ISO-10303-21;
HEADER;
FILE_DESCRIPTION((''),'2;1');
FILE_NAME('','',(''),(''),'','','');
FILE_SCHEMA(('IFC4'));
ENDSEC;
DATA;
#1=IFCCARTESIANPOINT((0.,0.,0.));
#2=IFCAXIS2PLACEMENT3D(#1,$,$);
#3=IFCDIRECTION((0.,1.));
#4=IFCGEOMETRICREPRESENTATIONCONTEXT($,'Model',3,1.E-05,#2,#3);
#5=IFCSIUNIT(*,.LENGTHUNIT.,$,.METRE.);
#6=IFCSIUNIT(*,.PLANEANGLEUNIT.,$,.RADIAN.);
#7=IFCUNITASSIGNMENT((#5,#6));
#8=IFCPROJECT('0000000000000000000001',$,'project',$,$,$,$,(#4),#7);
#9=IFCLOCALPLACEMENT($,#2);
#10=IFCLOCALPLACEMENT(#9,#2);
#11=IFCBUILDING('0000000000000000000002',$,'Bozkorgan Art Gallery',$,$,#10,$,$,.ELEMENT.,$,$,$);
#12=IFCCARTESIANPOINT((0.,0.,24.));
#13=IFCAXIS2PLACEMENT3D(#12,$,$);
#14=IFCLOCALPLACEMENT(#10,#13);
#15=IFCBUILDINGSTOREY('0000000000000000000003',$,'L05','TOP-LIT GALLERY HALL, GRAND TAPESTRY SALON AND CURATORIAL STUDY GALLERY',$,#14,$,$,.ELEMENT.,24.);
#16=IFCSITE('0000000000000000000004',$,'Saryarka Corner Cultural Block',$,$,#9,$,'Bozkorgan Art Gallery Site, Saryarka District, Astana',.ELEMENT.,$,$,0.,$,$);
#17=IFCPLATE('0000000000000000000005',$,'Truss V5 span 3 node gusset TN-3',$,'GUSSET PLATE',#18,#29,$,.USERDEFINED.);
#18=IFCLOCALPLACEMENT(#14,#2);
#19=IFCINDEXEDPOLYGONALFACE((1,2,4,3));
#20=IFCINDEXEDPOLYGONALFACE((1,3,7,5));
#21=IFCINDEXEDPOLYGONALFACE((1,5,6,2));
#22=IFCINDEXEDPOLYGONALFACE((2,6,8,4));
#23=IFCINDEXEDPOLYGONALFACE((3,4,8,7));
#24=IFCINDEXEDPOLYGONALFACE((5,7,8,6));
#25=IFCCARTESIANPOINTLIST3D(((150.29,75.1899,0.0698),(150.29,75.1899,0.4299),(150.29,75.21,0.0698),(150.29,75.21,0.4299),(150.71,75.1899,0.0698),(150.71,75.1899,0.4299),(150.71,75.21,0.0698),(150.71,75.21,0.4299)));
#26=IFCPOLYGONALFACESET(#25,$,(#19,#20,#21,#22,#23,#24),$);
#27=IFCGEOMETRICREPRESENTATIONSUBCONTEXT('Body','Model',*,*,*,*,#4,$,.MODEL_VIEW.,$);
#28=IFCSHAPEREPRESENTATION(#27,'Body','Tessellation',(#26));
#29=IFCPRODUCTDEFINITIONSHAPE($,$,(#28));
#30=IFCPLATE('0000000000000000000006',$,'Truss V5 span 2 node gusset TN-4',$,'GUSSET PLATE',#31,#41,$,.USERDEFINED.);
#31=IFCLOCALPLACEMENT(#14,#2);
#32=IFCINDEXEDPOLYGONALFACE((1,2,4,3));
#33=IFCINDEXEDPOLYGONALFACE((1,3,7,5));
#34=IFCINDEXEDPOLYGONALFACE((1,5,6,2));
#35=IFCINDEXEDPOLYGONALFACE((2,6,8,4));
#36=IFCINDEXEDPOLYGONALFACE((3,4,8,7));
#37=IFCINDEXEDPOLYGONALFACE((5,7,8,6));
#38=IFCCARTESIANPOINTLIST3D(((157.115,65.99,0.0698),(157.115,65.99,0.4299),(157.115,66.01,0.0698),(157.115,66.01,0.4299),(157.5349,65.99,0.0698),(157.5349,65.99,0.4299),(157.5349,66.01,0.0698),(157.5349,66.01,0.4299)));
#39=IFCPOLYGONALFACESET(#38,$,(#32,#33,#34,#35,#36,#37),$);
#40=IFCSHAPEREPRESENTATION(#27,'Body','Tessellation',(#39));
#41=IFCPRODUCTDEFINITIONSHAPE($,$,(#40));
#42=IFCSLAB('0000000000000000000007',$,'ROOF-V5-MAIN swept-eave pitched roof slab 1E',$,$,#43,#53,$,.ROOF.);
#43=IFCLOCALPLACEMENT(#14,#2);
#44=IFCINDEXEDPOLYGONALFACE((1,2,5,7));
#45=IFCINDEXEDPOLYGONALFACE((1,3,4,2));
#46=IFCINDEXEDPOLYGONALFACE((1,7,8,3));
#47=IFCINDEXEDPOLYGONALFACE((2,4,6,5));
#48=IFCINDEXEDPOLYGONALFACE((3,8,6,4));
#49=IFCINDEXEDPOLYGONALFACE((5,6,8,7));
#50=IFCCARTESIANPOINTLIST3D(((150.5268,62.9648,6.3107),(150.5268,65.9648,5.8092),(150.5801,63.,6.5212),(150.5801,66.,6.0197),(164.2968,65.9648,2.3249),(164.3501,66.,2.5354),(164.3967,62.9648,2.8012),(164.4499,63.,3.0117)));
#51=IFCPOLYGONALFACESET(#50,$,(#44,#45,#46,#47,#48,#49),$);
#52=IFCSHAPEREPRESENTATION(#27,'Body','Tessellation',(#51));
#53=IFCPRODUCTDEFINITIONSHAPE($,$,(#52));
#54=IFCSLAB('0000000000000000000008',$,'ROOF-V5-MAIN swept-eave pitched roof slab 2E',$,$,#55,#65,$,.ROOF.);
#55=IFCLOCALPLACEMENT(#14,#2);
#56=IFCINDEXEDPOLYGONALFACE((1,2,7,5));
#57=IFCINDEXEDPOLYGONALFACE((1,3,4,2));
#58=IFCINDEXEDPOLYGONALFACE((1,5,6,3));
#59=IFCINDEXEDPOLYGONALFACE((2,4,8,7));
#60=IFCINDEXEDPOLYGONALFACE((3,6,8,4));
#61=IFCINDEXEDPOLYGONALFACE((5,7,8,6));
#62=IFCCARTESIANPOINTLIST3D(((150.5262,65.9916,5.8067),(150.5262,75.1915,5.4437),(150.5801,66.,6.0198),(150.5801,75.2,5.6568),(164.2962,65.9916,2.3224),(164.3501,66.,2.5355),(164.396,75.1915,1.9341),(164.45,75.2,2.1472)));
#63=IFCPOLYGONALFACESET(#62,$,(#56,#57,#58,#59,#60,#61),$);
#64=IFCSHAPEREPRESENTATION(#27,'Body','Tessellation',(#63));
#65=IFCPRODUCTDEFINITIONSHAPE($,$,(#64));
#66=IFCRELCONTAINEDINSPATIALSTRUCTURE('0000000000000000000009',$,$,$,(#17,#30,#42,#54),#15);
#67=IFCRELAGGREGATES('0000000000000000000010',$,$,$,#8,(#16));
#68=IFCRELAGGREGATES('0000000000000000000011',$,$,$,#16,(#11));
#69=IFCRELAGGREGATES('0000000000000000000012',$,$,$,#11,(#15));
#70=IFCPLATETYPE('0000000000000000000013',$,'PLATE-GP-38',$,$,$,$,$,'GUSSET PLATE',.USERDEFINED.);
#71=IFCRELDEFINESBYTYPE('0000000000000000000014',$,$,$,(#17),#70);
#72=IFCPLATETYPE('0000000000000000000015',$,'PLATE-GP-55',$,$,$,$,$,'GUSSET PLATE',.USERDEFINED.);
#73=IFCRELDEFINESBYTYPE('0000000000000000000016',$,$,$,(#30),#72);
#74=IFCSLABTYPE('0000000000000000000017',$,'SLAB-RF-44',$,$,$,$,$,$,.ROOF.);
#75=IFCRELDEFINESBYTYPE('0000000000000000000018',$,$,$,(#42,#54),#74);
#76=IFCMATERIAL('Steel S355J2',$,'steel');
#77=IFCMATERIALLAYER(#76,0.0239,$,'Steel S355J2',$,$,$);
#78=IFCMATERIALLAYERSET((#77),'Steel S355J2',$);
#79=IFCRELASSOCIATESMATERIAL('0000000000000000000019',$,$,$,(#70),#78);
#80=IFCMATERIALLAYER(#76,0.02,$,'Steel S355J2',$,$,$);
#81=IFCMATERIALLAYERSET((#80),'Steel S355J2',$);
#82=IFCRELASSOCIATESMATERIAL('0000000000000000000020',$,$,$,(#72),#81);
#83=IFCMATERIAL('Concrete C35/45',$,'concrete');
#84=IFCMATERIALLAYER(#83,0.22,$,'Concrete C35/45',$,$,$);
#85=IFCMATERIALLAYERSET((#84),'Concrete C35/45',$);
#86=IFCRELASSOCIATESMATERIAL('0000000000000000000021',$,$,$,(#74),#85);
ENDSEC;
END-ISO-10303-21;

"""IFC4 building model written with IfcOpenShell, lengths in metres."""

from ifc_helpers import new_model, si_unit, direction, frame, origin, origin_2d, place, context, subcontext, project, spatial, polyline, rectangle, outline, extrude, material, layer, layer_set, type_object, element, save


model = new_model("IFC4")

# Units and contexts
model_context = context("Model", 3, precision=1e-05, world=origin(), true_north=direction((0.0, 1.0)))
body_context = subcontext(model_context, "Body", "Model", "MODEL_VIEW")
ifc_project = project(units=[si_unit("LENGTHUNIT", "METRE"), si_unit("PLANEANGLEUNIT", "RADIAN")], contexts=[model_context])

# Site, building, storey
site_placement = place(None, origin())
site = spatial("IfcSite", under=ifc_project, at=site_placement, Name="Saryarka Corner Cultural Block", LongName="Bozkorgan Art Gallery Site, Saryarka District, Astana", CompositionType="ELEMENT", RefElevation=0.0)
building_placement = place(site_placement, origin())
building = spatial("IfcBuilding", under=site, at=building_placement, Name="Bozkorgan Art Gallery", CompositionType="ELEMENT")
storey_placement = place(building_placement, frame((0.0, 0.0, 24.0)))
storey = spatial("IfcBuildingStorey", under=building, at=storey_placement, Name="L05", Description="TOP-LIT GALLERY HALL, GRAND TAPESTRY SALON AND CURATORIAL STUDY GALLERY", CompositionType="ELEMENT", Elevation=24.0)

# Shared definitions
ifc_material_1 = material(Name="Steel S355J2", Category="steel")

# Plates
ifc_layer_1 = layer(ifc_material_1, 0.0239, Name="Steel S355J2")
ifc_layer_set_1 = layer_set([ifc_layer_1], Name="Steel S355J2")
plate_type_1 = type_object("IfcPlateType", Name="PLATE-GP-38", ElementType="GUSSET PLATE", PredefinedType="USERDEFINED", material=ifc_layer_set_1)
plate_1_placement = place(storey_placement, frame((150.5, 75.2, 0.0698), z_axis=(0.0, 0.0, 1.0), x_axis=(1.0, 0.0, 0.0)))
element("IfcPlate", 1, at=plate_1_placement, inside=storey, type_object=plate_type_1, Name="Truss V5 span 3 node gusset TN-3", ObjectType="GUSSET PLATE", PredefinedType="USERDEFINED", context=body_context, shape_type="SweptSolid", body=[
    extrude(rectangle(XDim=0.4199, YDim=0.02, at=origin_2d()), origin(), (0.0, 0.0, 1.0), 0.3601),
])
ifc_layer_2 = layer(ifc_material_1, 0.02, Name="Steel S355J2")
ifc_layer_set_2 = layer_set([ifc_layer_2], Name="Steel S355J2")
plate_type_2 = type_object("IfcPlateType", Name="PLATE-GP-55", ElementType="GUSSET PLATE", PredefinedType="USERDEFINED", material=ifc_layer_set_2)
plate_2_placement = place(storey_placement, frame((157.325, 66.0, 0.0698), z_axis=(0.0, 0.0, 1.0), x_axis=(1.0, 0.0, 0.0)))
element("IfcPlate", 2, at=plate_2_placement, inside=storey, type_object=plate_type_2, Name="Truss V5 span 2 node gusset TN-4", ObjectType="GUSSET PLATE", PredefinedType="USERDEFINED", context=body_context, shape_type="SweptSolid", body=[
    extrude(rectangle(XDim=0.4199, YDim=0.02, at=origin_2d()), origin(), (0.0, 0.0, 1.0), 0.3601),
])

# Slabs
ifc_material_2 = material(Name="Concrete C35/45", Category="concrete")
ifc_layer_3 = layer(ifc_material_2, 0.22, Name="Concrete C35/45")
ifc_layer_set_3 = layer_set([ifc_layer_3], Name="Concrete C35/45")
slab_type = type_object("IfcSlabType", Name="SLAB-RF-44", PredefinedType="ROOF", material=ifc_layer_set_3)
slab_1_placement = place(storey_placement, frame((150.5801, 63.0, 6.5212), z_axis=(0.242146, 0.15998, 0.95696), x_axis=(0.969446, -0.000001, -0.245305)))
element("IfcSlab", 3, at=slab_1_placement, inside=storey, type_object=slab_type, Name="ROOF-V5-MAIN swept-eave pitched roof slab 1E", PredefinedType="ROOF", context=body_context, shape_type="SweptSolid", body=[
    extrude(outline(polyline([(0.0, 0.0), (14.307, 0.0), (14.327, 3.0392), (0.123, 3.0391), (0.0, 0.0)])), origin(), (0.0, 0.0, -1.0), 0.22),
])
slab_2_placement = place(storey_placement, frame((150.5801, 66.0, 6.0198), z_axis=(0.245126, 0.038221, 0.968738), x_axis=(0.969446, 0.0, -0.245305)))
element("IfcSlab", 4, at=slab_2_placement, inside=storey, type_object=slab_type, Name="ROOF-V5-MAIN swept-eave pitched roof slab 2E", PredefinedType="ROOF", context=body_context, shape_type="SweptSolid", body=[
    extrude(outline(polyline([(0.0, 0.0), (14.204, 0.0), (14.3961, 9.2067), (0.0891, 9.2067), (0.0, 0.0)])), origin(), (0.0, 0.0, -1.0), 0.22),
])

save(model, "model.ifc")
